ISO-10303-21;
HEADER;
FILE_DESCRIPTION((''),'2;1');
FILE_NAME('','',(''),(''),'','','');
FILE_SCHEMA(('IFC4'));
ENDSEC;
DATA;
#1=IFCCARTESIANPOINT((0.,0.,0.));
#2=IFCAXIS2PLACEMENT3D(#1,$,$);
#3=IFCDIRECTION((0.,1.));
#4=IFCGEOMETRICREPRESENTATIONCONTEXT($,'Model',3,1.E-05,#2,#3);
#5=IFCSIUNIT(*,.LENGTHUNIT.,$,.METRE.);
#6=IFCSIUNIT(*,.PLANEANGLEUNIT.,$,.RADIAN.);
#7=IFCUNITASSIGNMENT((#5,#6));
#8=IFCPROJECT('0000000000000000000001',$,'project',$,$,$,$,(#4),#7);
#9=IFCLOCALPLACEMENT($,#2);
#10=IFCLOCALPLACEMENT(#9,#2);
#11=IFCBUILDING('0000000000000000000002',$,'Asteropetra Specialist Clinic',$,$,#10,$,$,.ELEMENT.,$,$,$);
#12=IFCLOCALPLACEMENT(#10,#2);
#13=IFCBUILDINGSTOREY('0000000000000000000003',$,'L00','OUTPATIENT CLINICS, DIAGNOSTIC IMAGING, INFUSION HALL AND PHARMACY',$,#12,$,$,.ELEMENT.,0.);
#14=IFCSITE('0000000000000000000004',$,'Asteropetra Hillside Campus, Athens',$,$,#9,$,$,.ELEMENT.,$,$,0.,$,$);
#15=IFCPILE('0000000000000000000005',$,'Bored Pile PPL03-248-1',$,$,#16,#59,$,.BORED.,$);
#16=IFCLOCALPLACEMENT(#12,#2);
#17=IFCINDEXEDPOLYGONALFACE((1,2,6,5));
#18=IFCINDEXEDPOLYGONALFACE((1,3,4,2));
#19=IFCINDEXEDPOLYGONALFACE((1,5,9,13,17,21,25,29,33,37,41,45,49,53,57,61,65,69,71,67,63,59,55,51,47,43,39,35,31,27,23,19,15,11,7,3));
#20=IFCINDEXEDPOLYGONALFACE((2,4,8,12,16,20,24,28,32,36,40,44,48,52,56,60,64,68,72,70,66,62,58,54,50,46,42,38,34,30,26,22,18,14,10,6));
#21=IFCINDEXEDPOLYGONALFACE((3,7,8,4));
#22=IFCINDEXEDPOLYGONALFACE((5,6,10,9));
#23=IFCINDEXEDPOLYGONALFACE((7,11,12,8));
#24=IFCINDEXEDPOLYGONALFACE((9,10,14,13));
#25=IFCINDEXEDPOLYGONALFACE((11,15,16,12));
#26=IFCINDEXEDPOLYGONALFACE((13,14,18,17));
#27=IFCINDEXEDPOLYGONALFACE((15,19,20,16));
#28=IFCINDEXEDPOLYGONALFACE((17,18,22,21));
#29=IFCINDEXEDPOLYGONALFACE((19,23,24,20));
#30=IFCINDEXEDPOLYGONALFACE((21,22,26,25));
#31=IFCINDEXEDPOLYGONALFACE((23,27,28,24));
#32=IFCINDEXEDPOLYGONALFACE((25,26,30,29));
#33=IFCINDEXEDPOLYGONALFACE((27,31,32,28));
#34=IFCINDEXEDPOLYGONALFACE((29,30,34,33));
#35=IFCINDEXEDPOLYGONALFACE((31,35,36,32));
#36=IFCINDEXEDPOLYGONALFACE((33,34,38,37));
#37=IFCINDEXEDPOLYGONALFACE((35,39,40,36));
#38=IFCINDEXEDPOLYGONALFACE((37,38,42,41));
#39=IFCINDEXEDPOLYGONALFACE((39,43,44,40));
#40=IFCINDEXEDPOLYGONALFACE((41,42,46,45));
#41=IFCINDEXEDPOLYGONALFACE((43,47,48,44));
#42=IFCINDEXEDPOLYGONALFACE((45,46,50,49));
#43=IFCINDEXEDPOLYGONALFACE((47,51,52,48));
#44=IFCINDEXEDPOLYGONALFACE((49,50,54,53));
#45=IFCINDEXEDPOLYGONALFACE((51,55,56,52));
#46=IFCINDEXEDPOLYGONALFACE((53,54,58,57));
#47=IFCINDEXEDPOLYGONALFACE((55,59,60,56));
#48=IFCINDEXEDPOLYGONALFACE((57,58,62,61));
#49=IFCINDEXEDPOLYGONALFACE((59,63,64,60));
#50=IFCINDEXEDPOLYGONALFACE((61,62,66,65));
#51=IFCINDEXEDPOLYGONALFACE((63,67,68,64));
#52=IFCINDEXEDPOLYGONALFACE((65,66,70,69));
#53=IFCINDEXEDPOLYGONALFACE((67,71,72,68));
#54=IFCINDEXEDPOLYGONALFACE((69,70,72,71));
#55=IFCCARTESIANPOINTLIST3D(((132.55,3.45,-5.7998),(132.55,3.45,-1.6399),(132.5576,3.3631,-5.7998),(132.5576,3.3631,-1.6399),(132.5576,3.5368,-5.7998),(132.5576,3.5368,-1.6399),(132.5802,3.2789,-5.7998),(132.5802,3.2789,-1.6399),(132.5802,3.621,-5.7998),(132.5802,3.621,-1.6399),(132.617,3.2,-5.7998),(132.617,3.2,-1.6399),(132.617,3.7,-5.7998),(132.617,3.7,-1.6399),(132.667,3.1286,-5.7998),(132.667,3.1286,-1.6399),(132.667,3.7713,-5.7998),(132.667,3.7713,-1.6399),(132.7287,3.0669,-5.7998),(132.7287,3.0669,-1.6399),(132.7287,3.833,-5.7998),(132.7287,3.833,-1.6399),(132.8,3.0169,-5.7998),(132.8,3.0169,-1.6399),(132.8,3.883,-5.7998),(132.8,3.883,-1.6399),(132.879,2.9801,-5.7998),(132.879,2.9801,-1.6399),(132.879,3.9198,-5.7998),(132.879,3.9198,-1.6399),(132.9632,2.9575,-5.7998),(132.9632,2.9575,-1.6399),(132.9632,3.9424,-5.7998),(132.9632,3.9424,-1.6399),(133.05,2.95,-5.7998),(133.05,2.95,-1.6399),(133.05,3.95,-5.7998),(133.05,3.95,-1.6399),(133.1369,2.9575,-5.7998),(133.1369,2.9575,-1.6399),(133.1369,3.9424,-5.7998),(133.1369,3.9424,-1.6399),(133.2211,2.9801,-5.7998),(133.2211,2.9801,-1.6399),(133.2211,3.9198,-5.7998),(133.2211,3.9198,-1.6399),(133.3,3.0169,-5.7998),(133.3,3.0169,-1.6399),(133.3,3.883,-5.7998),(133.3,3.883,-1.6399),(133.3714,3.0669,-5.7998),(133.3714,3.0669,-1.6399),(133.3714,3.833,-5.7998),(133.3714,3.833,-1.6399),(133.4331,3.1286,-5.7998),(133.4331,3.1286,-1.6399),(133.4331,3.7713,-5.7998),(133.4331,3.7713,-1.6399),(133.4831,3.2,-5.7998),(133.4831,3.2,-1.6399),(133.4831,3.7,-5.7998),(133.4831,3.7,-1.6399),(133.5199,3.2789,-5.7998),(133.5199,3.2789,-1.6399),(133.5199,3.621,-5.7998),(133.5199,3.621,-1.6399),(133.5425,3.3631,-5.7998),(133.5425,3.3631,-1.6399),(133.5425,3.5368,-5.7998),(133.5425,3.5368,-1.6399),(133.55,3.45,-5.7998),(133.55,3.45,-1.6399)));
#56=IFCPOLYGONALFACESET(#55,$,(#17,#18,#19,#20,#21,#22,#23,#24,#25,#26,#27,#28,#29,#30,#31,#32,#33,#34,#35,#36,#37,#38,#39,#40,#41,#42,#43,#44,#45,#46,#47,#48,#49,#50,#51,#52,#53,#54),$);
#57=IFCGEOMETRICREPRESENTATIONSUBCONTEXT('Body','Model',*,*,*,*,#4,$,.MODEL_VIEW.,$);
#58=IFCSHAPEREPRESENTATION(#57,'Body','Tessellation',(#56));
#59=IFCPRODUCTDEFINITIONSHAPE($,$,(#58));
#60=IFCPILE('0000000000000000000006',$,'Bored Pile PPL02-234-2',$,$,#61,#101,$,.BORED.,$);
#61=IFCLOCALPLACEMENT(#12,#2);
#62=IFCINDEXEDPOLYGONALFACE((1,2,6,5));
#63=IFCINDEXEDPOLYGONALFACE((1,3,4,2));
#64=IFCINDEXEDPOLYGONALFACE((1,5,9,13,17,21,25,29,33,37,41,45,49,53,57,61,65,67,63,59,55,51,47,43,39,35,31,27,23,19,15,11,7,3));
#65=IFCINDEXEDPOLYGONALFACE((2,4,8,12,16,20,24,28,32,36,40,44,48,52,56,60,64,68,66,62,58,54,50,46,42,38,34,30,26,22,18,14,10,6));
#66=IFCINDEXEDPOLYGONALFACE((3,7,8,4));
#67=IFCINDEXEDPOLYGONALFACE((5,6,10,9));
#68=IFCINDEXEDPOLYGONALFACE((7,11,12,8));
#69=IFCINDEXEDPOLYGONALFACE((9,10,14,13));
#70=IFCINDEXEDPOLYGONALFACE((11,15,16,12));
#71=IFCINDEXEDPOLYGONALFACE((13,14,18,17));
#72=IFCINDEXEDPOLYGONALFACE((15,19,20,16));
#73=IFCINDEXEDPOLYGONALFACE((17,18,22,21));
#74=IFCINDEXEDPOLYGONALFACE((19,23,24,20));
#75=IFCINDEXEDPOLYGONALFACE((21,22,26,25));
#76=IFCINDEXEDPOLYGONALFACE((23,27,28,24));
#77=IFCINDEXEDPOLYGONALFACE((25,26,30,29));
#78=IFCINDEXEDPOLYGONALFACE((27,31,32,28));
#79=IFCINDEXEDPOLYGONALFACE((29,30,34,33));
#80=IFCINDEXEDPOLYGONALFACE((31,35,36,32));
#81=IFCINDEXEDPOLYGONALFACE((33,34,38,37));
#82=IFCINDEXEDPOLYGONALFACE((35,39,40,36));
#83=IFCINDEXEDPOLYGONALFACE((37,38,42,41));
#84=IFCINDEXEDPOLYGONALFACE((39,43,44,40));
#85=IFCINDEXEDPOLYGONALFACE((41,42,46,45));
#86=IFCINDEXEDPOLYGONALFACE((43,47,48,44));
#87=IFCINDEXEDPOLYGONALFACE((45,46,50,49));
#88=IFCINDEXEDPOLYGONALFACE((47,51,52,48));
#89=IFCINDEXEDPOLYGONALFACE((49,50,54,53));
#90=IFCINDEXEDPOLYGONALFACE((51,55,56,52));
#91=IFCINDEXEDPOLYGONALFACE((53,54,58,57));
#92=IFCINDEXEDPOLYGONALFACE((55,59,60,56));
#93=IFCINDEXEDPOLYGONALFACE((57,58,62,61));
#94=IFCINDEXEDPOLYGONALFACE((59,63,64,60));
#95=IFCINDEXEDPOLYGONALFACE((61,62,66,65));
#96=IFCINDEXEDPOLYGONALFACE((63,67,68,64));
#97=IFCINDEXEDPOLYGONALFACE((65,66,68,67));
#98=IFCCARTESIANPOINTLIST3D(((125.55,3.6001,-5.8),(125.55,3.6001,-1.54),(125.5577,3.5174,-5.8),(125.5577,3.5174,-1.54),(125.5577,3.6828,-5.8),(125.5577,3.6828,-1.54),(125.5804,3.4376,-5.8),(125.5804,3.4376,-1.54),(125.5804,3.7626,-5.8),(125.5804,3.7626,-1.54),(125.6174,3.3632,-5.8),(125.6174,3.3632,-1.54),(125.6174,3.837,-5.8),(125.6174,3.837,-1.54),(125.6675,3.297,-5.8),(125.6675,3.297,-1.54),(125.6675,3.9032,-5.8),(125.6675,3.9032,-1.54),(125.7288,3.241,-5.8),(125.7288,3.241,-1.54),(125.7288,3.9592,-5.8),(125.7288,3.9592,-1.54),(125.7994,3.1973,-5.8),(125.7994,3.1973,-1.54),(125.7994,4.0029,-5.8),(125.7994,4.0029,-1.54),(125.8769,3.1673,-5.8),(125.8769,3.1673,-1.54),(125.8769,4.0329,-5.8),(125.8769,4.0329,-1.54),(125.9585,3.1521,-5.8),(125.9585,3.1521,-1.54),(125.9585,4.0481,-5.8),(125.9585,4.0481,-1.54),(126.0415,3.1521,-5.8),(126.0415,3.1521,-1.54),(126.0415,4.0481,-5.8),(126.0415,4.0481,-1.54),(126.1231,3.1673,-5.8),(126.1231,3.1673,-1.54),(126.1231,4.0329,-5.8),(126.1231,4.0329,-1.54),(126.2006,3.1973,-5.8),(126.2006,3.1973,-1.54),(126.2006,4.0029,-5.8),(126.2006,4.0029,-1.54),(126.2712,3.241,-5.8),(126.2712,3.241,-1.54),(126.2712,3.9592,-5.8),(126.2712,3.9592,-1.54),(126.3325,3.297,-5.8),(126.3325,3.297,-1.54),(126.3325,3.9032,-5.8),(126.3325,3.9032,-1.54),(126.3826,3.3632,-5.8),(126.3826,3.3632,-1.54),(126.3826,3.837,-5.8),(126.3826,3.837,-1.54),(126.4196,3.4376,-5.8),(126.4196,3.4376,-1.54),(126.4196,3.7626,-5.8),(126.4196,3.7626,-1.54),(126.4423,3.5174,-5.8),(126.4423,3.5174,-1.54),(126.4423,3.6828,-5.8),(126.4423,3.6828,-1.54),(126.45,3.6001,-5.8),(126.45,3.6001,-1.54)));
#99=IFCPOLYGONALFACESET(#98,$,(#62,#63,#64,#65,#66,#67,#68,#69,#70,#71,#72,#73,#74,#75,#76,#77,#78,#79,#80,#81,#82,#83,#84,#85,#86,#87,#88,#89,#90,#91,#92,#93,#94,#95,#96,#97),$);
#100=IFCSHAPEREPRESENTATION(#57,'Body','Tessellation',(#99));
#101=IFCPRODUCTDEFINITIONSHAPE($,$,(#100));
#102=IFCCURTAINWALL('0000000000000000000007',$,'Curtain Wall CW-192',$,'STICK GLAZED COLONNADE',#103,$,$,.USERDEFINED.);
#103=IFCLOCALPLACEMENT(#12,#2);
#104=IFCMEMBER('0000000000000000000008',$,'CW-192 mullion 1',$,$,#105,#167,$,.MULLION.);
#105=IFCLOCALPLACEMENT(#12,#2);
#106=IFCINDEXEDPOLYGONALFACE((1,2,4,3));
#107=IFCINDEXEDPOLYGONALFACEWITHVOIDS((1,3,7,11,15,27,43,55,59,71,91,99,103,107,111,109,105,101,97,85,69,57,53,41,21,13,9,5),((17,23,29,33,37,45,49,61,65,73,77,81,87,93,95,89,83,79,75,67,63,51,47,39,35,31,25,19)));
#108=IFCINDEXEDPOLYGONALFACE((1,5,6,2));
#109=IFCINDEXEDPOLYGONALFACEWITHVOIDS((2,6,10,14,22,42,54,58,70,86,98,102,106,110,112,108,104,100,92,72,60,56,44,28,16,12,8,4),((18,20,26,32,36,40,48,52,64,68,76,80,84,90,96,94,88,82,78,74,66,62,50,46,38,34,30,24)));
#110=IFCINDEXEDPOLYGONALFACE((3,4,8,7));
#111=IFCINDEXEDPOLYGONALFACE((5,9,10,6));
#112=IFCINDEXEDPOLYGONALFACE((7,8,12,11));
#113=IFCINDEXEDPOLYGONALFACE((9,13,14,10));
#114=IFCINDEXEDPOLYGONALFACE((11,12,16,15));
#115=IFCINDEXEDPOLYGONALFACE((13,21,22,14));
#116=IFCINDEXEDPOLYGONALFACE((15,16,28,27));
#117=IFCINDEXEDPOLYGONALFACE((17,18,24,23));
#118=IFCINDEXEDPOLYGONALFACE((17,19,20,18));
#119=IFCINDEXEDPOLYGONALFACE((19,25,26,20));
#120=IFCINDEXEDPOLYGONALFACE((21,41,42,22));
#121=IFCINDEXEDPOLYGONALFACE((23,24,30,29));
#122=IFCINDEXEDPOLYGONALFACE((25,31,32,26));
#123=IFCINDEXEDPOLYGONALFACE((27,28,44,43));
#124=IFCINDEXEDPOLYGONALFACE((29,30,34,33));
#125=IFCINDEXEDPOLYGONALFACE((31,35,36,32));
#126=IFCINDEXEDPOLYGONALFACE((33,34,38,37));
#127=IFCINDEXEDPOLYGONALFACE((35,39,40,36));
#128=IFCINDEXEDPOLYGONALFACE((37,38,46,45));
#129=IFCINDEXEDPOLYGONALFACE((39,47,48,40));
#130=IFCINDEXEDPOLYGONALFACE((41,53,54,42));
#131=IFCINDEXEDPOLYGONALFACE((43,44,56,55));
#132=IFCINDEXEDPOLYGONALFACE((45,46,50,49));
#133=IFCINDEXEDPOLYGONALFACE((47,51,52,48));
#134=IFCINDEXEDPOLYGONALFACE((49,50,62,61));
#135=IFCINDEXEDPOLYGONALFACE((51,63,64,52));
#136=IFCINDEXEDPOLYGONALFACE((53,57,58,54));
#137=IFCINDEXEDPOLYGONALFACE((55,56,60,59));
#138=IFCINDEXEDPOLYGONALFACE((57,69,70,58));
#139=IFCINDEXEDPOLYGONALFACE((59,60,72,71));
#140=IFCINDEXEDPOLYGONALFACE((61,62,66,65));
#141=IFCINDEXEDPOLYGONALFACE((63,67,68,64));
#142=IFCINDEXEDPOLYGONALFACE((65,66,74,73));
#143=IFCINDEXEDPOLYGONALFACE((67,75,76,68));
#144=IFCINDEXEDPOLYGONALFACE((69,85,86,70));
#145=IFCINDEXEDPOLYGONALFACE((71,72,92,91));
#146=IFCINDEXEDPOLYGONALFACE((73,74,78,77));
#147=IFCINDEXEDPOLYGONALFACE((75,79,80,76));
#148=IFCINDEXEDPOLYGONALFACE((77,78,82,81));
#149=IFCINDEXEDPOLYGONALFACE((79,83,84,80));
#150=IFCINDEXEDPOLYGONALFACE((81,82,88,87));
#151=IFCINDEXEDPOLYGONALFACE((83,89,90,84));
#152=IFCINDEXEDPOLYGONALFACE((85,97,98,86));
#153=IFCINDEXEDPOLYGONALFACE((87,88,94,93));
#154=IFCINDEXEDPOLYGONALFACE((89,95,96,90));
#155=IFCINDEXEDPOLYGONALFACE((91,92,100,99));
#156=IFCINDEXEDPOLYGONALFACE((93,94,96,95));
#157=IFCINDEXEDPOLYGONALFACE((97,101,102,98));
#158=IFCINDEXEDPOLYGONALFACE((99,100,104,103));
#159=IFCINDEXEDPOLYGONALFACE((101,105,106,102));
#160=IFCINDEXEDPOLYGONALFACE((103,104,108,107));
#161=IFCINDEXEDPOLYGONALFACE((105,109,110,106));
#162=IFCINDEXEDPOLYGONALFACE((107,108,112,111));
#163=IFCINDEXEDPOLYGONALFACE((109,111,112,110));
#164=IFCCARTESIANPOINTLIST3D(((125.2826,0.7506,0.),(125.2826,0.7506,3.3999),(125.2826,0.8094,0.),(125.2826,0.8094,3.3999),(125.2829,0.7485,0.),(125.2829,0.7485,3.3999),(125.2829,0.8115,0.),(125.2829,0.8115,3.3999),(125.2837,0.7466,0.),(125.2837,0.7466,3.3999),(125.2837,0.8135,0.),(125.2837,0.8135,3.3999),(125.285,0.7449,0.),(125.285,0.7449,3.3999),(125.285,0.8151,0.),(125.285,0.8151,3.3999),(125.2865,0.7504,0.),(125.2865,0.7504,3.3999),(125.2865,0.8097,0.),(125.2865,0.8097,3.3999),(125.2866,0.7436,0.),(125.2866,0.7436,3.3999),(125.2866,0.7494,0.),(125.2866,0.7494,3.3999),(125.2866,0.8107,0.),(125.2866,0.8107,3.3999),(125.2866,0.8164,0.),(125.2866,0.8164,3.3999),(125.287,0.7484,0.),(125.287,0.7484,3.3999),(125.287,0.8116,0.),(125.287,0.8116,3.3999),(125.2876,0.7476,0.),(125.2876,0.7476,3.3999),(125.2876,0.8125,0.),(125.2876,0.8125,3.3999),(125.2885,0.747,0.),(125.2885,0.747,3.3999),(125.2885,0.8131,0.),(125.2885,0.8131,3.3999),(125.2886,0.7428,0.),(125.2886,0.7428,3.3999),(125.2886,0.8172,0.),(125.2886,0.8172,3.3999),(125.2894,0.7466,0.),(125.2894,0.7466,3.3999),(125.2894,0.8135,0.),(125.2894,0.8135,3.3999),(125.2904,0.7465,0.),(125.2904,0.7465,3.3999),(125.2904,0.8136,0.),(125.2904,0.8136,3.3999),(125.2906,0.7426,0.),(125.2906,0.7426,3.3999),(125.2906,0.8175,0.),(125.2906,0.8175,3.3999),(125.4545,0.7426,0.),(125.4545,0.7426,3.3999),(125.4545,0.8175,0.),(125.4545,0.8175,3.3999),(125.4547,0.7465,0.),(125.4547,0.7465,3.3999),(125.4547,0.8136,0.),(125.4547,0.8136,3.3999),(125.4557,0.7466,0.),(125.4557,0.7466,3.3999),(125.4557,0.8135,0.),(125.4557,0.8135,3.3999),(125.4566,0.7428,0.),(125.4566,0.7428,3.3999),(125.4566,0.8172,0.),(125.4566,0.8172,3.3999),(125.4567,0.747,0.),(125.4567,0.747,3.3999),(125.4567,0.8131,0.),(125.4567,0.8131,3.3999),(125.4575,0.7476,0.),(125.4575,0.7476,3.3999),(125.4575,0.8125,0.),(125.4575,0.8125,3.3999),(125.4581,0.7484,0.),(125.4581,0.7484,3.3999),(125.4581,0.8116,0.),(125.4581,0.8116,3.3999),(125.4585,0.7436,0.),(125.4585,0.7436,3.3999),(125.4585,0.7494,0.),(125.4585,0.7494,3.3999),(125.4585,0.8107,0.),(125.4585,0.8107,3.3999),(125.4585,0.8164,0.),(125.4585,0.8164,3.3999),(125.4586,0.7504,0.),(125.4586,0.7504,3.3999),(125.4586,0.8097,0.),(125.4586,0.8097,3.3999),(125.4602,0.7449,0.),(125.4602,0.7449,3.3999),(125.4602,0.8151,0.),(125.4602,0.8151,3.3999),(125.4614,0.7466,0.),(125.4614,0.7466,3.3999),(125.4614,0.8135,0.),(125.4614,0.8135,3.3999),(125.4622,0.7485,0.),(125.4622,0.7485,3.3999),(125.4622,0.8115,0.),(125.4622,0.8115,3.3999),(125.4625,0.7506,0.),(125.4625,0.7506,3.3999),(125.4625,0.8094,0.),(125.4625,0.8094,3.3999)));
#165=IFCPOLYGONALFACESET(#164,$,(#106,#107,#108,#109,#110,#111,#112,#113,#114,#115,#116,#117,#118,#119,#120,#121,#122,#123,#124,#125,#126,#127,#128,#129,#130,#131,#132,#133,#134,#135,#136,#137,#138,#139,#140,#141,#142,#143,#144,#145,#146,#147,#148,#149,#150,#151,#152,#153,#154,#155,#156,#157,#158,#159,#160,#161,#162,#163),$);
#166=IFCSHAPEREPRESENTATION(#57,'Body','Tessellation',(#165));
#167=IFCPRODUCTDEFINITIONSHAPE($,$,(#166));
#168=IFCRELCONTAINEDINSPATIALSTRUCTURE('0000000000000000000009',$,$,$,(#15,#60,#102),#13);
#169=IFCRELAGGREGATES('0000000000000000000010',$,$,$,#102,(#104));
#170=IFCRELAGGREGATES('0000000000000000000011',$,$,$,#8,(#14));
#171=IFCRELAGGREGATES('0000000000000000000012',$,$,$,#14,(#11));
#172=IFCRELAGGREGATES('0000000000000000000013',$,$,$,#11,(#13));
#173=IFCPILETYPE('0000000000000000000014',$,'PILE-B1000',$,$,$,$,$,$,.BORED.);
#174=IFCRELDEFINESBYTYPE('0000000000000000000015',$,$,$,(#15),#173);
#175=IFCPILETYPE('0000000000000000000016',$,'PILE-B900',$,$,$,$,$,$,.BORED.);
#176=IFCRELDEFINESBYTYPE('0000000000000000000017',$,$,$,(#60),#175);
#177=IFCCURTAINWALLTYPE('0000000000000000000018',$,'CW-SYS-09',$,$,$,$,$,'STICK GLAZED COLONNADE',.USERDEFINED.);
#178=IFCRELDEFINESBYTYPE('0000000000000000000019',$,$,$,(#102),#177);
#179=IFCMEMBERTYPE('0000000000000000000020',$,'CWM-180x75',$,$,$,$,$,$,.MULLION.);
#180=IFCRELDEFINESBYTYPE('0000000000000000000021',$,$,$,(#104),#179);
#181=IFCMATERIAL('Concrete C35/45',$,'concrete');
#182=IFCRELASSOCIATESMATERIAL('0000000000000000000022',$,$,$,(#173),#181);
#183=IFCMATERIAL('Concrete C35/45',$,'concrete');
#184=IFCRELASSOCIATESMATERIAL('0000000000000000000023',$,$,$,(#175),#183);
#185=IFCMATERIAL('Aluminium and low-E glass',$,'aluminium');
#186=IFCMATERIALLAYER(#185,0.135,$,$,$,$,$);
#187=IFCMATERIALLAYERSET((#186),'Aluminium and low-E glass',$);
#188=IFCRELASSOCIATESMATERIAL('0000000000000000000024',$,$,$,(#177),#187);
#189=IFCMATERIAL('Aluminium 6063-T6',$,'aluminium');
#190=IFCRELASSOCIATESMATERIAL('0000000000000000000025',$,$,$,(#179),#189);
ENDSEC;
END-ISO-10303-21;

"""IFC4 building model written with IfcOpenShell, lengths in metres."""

from ifc_helpers import new_model, si_unit, direction, frame, origin, origin_2d, place, context, subcontext, project, spatial, hollow_rectangle, circle, extrude, material, layer, layer_set, material_profile, profile_set, type_object, element, aggregate, save


model = new_model("IFC4")

# Units and contexts
model_context = context("Model", 3, precision=1e-05, world=origin(), true_north=direction((0.0, 1.0)))
body_context = subcontext(model_context, "Body", "Model", "MODEL_VIEW")
ifc_project = project(units=[si_unit("LENGTHUNIT", "METRE"), si_unit("PLANEANGLEUNIT", "RADIAN")], contexts=[model_context])

# Site, building, storey
site_placement = place(None, origin())
site = spatial("IfcSite", under=ifc_project, at=site_placement, Name="Asteropetra Hillside Campus, Athens", CompositionType="ELEMENT", RefElevation=0.0)
building_placement = place(site_placement, origin())
building = spatial("IfcBuilding", under=site, at=building_placement, Name="Asteropetra Specialist Clinic", CompositionType="ELEMENT")
storey_placement = place(building_placement, origin())
storey = spatial("IfcBuildingStorey", under=building, at=storey_placement, Name="L00", Description="OUTPATIENT CLINICS, DIAGNOSTIC IMAGING, INFUSION HALL AND PHARMACY", CompositionType="ELEMENT", Elevation=0.0)

# Piles
ifc_material_1 = material(Name="Concrete C35/45", Category="concrete")
ifc_material_profile_1 = material_profile(ifc_material_1, circle(Radius=0.5, at=origin_2d()), Name="PILE D1000")
ifc_profile_set_1 = profile_set([ifc_material_profile_1], Name="Concrete C35/45")
pile_type_1 = type_object("IfcPileType", Name="PILE-B1000", PredefinedType="BORED", material=ifc_profile_set_1)
pile_1_placement = place(storey_placement, frame((133.05, 3.45, -1.6399), z_axis=(0.0, 0.0, -1.0), x_axis=(1.0, 0.0, 0.0)))
element("IfcPile", 1, at=pile_1_placement, inside=storey, type_object=pile_type_1, Name="Bored Pile PPL03-248-1", PredefinedType="BORED", context=body_context, shape_type="SweptSolid", body=[
    extrude(circle(Radius=0.5, at=origin_2d()), origin(), (0.0, 0.0, 1.0), 4.1599),
])
ifc_material_2 = material(Name="Concrete C35/45", Category="concrete")
ifc_material_profile_2 = material_profile(ifc_material_2, circle(Radius=0.45, at=origin_2d()), Name="PILE D900")
ifc_profile_set_2 = profile_set([ifc_material_profile_2], Name="Concrete C35/45")
pile_type_2 = type_object("IfcPileType", Name="PILE-B900", PredefinedType="BORED", material=ifc_profile_set_2)
pile_2_placement = place(storey_placement, frame((126.0, 3.6001, -1.54), z_axis=(0.0, 0.0, -1.0), x_axis=(1.0, 0.0, 0.0)))
element("IfcPile", 2, at=pile_2_placement, inside=storey, type_object=pile_type_2, Name="Bored Pile PPL02-234-2", PredefinedType="BORED", context=body_context, shape_type="SweptSolid", body=[
    extrude(circle(Radius=0.45, at=origin_2d()), origin(), (0.0, 0.0, 1.0), 4.26),
])

# Curtain wall, member
ifc_material_3 = material(Name="Aluminium and low-E glass", Category="aluminium")
ifc_layer_1 = layer(ifc_material_3, 0.135)
ifc_layer_set_1 = layer_set([ifc_layer_1], Name="Aluminium and low-E glass")
curtain_wall_type = type_object("IfcCurtainWallType", Name="CW-SYS-09", ElementType="STICK GLAZED COLONNADE", PredefinedType="USERDEFINED", material=ifc_layer_set_1)
curtain_wall_placement = place(storey_placement, origin())
curtain_wall = element("IfcCurtainWall", 3, at=curtain_wall_placement, inside=storey, type_object=curtain_wall_type, Name="Curtain Wall CW-192", ObjectType="STICK GLAZED COLONNADE", PredefinedType="USERDEFINED")
ifc_material_4 = material(Name="Aluminium 6063-T6", Category="aluminium")
ifc_material_profile_3 = material_profile(ifc_material_4, hollow_rectangle(XDim=0.075, YDim=0.1799, WallThickness=0.0039, InnerFilletRadius=0.0039, OuterFilletRadius=0.0081, at=origin_2d()), Name="MUL 180x75x4.0")
ifc_profile_set_3 = profile_set([ifc_material_profile_3], Name="Aluminium 6063-T6")
member_type_1 = type_object("IfcMemberType", Name="CWM-180x75", PredefinedType="MULLION", material=ifc_profile_set_3)
member_1_placement = place(storey_placement, frame((125.3726, 0.78, 0.0), z_axis=(0.0, 0.0, 1.0), x_axis=(0.0, 1.0, 0.0)))
member_1 = element("IfcMember", 4, at=member_1_placement, type_object=member_type_1, Name="CW-192 mullion 1", PredefinedType="MULLION", context=body_context, shape_type="SweptSolid", body=[
    extrude(hollow_rectangle(XDim=0.075, YDim=0.1799, WallThickness=0.0039, InnerFilletRadius=0.0039, OuterFilletRadius=0.0081, at=origin_2d()), origin(), (0.0, 0.0, 1.0), 3.3999),
])
aggregate(curtain_wall, [member_1])

save(model, "model.ifc")
